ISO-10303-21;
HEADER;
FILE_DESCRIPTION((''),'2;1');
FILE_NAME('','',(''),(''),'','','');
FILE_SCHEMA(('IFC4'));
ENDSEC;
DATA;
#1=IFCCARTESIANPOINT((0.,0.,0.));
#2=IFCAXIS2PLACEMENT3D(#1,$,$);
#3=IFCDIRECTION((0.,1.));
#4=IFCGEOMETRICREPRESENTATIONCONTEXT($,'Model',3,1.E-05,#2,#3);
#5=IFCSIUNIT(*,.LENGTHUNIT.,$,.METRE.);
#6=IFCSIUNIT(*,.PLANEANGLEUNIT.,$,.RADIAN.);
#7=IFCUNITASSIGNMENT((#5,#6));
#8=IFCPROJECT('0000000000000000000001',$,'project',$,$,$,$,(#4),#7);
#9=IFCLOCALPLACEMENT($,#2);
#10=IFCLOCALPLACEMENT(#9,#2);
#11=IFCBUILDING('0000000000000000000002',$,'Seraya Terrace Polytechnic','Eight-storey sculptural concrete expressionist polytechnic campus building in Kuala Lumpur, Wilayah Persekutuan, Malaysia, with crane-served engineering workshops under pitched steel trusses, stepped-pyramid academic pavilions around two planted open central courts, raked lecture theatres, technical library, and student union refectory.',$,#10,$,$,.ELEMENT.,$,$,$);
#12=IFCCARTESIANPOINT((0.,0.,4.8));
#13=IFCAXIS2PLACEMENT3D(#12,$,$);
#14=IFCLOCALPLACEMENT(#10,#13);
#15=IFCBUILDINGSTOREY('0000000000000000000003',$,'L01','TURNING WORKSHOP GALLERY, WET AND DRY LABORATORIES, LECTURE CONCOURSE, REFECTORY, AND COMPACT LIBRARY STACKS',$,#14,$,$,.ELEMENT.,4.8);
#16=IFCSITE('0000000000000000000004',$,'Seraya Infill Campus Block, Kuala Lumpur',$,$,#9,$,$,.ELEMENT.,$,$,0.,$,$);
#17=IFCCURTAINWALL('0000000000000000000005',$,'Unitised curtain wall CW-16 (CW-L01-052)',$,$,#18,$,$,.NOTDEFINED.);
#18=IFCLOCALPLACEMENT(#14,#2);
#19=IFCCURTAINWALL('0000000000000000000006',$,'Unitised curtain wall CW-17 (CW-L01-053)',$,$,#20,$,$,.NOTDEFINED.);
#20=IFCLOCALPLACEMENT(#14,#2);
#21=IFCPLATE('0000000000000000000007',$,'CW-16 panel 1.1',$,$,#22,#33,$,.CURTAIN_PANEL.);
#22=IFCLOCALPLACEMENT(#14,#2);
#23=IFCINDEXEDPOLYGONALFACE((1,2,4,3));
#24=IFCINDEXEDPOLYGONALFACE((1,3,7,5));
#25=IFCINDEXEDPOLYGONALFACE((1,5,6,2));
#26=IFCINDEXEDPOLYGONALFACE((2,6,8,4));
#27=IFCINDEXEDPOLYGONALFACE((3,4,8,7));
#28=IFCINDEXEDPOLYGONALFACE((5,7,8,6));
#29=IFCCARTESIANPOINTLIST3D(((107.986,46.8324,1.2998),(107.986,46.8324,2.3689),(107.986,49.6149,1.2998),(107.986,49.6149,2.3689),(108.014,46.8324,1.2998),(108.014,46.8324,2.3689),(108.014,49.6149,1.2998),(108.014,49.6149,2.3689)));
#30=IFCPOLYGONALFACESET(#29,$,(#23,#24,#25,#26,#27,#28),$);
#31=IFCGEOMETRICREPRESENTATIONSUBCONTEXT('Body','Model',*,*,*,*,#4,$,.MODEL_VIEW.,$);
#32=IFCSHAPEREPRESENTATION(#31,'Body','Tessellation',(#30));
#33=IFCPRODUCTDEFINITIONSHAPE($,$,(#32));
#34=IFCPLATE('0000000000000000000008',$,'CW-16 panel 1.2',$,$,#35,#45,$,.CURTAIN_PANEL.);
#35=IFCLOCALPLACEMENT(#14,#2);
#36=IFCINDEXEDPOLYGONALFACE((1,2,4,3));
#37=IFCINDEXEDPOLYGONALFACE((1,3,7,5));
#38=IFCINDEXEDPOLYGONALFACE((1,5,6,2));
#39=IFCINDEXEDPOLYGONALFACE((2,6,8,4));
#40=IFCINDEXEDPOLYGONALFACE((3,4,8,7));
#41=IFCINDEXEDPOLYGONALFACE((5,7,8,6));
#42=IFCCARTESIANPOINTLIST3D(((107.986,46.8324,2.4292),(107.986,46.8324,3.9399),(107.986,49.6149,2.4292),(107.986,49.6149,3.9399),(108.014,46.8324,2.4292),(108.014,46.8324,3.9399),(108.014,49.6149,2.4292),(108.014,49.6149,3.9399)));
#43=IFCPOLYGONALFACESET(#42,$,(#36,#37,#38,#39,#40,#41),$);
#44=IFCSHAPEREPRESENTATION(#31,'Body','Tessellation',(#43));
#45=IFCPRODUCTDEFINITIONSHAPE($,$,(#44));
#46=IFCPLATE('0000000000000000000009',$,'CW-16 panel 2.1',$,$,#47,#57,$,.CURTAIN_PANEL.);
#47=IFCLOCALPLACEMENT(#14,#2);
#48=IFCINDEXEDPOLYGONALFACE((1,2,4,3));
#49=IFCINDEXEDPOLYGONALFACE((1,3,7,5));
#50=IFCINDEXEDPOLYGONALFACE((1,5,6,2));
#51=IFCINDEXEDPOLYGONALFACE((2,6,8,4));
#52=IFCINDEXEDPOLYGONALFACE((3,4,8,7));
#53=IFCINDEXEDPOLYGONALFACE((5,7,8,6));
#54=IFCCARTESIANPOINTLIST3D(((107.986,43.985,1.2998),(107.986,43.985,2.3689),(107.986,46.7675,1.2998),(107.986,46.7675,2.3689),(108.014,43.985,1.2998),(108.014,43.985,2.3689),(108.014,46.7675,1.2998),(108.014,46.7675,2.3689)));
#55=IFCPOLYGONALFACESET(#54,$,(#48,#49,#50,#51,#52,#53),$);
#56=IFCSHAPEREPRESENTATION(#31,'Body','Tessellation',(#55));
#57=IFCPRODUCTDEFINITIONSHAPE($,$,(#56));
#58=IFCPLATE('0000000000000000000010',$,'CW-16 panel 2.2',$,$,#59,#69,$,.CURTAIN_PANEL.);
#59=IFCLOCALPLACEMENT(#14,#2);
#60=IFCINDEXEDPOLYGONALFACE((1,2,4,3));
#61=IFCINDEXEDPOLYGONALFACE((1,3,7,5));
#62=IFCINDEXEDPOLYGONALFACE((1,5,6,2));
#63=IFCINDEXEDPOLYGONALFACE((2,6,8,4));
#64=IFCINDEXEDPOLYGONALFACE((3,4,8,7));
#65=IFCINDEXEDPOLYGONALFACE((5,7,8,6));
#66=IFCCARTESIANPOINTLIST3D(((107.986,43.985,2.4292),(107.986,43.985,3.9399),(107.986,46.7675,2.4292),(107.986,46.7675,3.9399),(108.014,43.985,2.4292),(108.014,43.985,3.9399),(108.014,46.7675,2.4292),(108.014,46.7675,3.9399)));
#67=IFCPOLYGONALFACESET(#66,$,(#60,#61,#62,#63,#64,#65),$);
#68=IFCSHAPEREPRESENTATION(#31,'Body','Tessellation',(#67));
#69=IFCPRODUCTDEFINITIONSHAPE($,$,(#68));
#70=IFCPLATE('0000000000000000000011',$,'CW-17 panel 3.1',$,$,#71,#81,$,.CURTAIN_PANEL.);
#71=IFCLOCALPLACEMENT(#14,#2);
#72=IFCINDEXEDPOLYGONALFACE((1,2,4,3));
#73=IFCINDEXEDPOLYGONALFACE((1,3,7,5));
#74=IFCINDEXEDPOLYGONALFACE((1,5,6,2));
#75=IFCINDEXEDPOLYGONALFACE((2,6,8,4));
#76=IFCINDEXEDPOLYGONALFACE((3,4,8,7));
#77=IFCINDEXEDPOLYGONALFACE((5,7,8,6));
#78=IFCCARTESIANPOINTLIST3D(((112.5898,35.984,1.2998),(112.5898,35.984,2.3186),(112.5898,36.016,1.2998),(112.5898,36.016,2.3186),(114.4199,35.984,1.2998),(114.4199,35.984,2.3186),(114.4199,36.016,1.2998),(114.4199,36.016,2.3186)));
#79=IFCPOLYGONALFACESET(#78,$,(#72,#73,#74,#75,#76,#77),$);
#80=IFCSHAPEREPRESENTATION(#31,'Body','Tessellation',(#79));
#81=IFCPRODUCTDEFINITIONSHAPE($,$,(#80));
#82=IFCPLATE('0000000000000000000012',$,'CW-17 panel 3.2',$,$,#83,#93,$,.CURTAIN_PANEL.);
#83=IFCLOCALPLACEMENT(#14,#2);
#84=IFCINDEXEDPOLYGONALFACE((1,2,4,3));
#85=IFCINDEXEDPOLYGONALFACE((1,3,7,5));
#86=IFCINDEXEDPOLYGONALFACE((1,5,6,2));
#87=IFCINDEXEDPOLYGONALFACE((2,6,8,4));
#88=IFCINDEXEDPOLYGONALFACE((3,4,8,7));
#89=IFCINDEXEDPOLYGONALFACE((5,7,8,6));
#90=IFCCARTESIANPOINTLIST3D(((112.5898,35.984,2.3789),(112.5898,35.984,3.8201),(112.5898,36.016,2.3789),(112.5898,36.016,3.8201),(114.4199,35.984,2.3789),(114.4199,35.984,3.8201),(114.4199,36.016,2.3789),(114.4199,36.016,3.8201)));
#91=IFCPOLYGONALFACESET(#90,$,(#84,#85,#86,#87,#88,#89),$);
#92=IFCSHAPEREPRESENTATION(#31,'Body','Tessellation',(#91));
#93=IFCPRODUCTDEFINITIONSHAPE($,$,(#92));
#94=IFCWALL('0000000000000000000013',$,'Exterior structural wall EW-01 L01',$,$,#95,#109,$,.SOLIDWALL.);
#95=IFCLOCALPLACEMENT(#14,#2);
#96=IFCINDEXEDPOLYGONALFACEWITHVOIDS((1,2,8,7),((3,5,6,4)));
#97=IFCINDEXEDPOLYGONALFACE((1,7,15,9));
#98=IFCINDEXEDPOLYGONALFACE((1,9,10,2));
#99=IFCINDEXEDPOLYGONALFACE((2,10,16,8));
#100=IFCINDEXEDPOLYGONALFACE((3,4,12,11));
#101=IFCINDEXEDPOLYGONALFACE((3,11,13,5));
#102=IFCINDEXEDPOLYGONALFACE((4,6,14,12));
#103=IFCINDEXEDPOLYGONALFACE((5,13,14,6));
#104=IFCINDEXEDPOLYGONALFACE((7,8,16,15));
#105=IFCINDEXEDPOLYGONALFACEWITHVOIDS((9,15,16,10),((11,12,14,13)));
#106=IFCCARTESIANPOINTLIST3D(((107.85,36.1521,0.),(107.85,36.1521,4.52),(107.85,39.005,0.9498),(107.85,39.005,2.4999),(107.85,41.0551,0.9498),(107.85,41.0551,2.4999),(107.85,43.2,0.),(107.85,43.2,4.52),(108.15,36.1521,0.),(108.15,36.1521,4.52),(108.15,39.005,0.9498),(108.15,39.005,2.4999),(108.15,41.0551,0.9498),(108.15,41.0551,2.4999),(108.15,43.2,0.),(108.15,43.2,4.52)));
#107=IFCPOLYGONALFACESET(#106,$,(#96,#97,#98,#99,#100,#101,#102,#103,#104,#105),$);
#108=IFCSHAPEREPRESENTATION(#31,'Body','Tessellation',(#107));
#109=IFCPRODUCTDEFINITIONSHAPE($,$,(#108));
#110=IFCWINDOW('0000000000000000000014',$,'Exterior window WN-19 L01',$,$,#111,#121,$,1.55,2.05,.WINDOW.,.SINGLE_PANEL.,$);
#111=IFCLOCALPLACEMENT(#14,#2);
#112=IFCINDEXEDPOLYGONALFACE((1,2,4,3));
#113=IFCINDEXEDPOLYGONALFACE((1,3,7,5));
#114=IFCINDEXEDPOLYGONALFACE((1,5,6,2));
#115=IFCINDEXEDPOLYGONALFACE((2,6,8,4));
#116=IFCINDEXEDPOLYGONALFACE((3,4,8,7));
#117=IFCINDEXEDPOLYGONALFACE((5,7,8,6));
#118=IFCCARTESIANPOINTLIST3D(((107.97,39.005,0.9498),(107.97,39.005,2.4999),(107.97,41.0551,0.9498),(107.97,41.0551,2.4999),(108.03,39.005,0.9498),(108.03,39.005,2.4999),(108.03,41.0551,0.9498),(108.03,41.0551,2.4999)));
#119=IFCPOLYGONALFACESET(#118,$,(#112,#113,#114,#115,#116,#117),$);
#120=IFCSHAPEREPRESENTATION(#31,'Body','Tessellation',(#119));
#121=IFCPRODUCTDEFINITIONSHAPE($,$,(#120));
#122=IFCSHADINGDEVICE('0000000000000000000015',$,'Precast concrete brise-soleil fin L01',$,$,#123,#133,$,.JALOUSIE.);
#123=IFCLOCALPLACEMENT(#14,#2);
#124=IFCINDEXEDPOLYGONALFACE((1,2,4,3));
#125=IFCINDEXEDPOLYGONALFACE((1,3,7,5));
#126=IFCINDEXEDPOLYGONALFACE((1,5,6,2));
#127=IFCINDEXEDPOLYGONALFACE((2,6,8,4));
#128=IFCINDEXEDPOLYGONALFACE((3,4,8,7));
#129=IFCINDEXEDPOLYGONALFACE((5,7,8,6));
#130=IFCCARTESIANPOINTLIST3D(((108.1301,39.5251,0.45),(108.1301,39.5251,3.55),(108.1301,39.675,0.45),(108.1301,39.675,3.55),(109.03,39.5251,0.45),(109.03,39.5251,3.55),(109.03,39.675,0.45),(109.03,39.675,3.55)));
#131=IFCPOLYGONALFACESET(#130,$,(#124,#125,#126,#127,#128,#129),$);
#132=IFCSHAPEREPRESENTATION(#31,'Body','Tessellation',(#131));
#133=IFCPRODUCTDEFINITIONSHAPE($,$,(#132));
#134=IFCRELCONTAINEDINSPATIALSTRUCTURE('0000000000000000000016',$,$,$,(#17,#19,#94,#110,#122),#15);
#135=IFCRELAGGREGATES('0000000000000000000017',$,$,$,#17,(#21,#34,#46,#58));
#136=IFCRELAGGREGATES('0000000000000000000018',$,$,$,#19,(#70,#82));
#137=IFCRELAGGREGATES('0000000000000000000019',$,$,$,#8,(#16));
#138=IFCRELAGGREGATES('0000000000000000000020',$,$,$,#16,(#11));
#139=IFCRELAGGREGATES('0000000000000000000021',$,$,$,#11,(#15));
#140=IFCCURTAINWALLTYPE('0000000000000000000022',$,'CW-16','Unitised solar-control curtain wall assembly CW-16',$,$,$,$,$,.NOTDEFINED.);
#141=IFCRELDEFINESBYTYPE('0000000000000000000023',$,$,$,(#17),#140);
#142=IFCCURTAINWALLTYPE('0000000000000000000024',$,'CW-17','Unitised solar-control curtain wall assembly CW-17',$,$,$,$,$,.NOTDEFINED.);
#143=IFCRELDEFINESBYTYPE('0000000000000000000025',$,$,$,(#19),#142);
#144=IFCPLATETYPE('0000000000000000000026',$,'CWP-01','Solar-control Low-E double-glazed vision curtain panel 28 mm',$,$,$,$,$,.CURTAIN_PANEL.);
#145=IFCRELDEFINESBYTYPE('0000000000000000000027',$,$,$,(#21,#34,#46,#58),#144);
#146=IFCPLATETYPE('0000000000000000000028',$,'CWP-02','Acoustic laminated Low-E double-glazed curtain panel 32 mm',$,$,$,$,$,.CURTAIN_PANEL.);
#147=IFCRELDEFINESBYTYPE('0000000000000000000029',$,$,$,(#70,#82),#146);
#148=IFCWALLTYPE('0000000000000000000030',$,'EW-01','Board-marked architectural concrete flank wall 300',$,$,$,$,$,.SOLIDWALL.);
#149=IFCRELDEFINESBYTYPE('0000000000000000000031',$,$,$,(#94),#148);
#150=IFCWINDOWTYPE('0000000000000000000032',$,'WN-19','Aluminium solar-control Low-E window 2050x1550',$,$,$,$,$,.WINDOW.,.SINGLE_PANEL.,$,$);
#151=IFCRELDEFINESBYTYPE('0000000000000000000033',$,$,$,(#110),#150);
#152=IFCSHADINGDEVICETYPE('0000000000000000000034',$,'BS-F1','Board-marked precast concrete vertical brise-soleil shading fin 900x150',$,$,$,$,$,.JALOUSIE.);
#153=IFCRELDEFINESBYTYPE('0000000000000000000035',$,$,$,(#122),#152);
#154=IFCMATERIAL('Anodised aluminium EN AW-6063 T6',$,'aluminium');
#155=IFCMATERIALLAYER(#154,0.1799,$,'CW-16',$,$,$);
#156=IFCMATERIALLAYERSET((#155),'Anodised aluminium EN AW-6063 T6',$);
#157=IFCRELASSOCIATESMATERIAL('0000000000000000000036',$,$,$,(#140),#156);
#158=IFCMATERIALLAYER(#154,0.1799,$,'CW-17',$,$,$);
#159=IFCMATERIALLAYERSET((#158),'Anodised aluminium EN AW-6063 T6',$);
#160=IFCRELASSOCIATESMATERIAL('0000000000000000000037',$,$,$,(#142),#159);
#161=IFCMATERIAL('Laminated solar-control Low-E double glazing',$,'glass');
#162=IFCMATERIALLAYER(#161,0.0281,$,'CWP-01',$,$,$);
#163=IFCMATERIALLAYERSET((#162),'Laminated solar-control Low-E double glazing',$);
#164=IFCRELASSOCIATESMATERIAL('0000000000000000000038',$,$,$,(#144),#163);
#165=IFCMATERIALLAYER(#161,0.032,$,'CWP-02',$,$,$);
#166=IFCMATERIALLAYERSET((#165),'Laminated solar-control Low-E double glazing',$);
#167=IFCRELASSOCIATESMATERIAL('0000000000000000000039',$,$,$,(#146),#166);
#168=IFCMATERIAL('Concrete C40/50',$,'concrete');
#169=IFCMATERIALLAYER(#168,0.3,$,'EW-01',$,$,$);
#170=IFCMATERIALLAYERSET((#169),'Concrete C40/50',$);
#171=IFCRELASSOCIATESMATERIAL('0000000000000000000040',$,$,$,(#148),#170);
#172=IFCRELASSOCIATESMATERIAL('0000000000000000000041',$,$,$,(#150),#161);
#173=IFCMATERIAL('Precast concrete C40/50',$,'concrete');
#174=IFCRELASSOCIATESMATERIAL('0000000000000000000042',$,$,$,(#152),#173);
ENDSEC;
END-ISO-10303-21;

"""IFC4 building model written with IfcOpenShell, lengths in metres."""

from ifc_helpers import new_model, si_unit, direction, frame, frame_2d, origin, origin_2d, place, context, subcontext, project, spatial, rectangle, extrude, material, layer, layer_set, type_object, element, fill, aggregate, save


model = new_model("IFC4")

# Units and contexts
model_context = context("Model", 3, precision=1e-05, world=origin(), true_north=direction((0.0, 1.0)))
body_context = subcontext(model_context, "Body", "Model", "MODEL_VIEW")
ifc_project = project(units=[si_unit("LENGTHUNIT", "METRE"), si_unit("PLANEANGLEUNIT", "RADIAN")], contexts=[model_context])

# Site, building, storey
site_placement = place(None, origin())
site = spatial("IfcSite", under=ifc_project, at=site_placement, Name="Seraya Infill Campus Block, Kuala Lumpur", CompositionType="ELEMENT", RefElevation=0.0)
building_placement = place(site_placement, origin())
building = spatial("IfcBuilding", under=site, at=building_placement, Name="Seraya Terrace Polytechnic", Description="Eight-storey sculptural concrete expressionist polytechnic campus building in Kuala Lumpur, Wilayah Persekutuan, Malaysia, with crane-served engineering workshops under pitched steel trusses, stepped-pyramid academic pavilions around two planted open central courts, raked lecture theatres, technical library, and student union refectory.", CompositionType="ELEMENT")
storey_placement = place(building_placement, frame((0.0, 0.0, 4.8)))
storey = spatial("IfcBuildingStorey", under=building, at=storey_placement, Name="L01", Description="TURNING WORKSHOP GALLERY, WET AND DRY LABORATORIES, LECTURE CONCOURSE, REFECTORY, AND COMPACT LIBRARY STACKS", CompositionType="ELEMENT", Elevation=4.8)

# Shared definitions
ifc_material_1 = material(Name="Concrete C40/50", Category="concrete")

# Curtain wall
ifc_material_2 = material(Name="Anodised aluminium EN AW-6063 T6", Category="aluminium")
ifc_layer_1 = layer(ifc_material_2, 0.1799, Name="CW-16")
ifc_layer_set_1 = layer_set([ifc_layer_1], Name="Anodised aluminium EN AW-6063 T6")
curtain_wall_type_1 = type_object("IfcCurtainWallType", Name="CW-16", Description="Unitised solar-control curtain wall assembly CW-16", PredefinedType="NOTDEFINED", material=ifc_layer_set_1)
curtain_wall_1_placement = place(storey_placement, origin())
curtain_wall_1 = element("IfcCurtainWall", 1, at=curtain_wall_1_placement, inside=storey, type_object=curtain_wall_type_1, Name="Unitised curtain wall CW-16 (CW-L01-052)", PredefinedType="NOTDEFINED")

# Curtain wall
ifc_layer_2 = layer(ifc_material_2, 0.1799, Name="CW-17")
ifc_layer_set_2 = layer_set([ifc_layer_2], Name="Anodised aluminium EN AW-6063 T6")
curtain_wall_type_2 = type_object("IfcCurtainWallType", Name="CW-17", Description="Unitised solar-control curtain wall assembly CW-17", PredefinedType="NOTDEFINED", material=ifc_layer_set_2)
curtain_wall_2_placement = place(storey_placement, origin())
curtain_wall_2 = element("IfcCurtainWall", 2, at=curtain_wall_2_placement, inside=storey, type_object=curtain_wall_type_2, Name="Unitised curtain wall CW-17 (CW-L01-053)", PredefinedType="NOTDEFINED")

# Plates
ifc_material_3 = material(Name="Laminated solar-control Low-E double glazing", Category="glass")
ifc_layer_3 = layer(ifc_material_3, 0.0281, Name="CWP-01")
ifc_layer_set_3 = layer_set([ifc_layer_3], Name="Laminated solar-control Low-E double glazing")
plate_type_1 = type_object("IfcPlateType", Name="CWP-01", Description="Solar-control Low-E double-glazed vision curtain panel 28 mm", PredefinedType="CURTAIN_PANEL", material=ifc_layer_set_3)
plate_1_placement = place(storey_placement, frame((108.0, 48.2236, 1.2998), z_axis=(0.0, 0.0, 1.0), x_axis=(0.0, -1.0, 0.0)))
plate_1 = element("IfcPlate", 3, at=plate_1_placement, type_object=plate_type_1, Name="CW-16 panel 1.1", PredefinedType="CURTAIN_PANEL", context=body_context, shape_type="SweptSolid", body=[
    extrude(rectangle(XDim=2.7825, YDim=0.0281, at=origin_2d()), origin(), (0.0, 0.0, 1.0), 1.0691),
])
plate_2_placement = place(storey_placement, frame((108.0, 48.2236, 2.4292), z_axis=(0.0, 0.0, 1.0), x_axis=(0.0, -1.0, 0.0)))
plate_2 = element("IfcPlate", 4, at=plate_2_placement, type_object=plate_type_1, Name="CW-16 panel 1.2", PredefinedType="CURTAIN_PANEL", context=body_context, shape_type="SweptSolid", body=[
    extrude(rectangle(XDim=2.7825, YDim=0.0281, at=origin_2d()), origin(), (0.0, 0.0, 1.0), 1.5107),
])
plate_3_placement = place(storey_placement, frame((108.0, 45.3762, 1.2998), z_axis=(0.0, 0.0, 1.0), x_axis=(0.0, -1.0, 0.0)))
plate_3 = element("IfcPlate", 5, at=plate_3_placement, type_object=plate_type_1, Name="CW-16 panel 2.1", PredefinedType="CURTAIN_PANEL", context=body_context, shape_type="SweptSolid", body=[
    extrude(rectangle(XDim=2.7825, YDim=0.0281, at=origin_2d()), origin(), (0.0, 0.0, 1.0), 1.0691),
])
plate_4_placement = place(storey_placement, frame((108.0, 45.3762, 2.4292), z_axis=(0.0, 0.0, 1.0), x_axis=(0.0, -1.0, 0.0)))
plate_4 = element("IfcPlate", 6, at=plate_4_placement, type_object=plate_type_1, Name="CW-16 panel 2.2", PredefinedType="CURTAIN_PANEL", context=body_context, shape_type="SweptSolid", body=[
    extrude(rectangle(XDim=2.7825, YDim=0.0281, at=origin_2d()), origin(), (0.0, 0.0, 1.0), 1.5107),
])
aggregate(curtain_wall_1, [plate_1, plate_2, plate_3, plate_4])
ifc_layer_4 = layer(ifc_material_3, 0.032, Name="CWP-02")
ifc_layer_set_4 = layer_set([ifc_layer_4], Name="Laminated solar-control Low-E double glazing")
plate_type_2 = type_object("IfcPlateType", Name="CWP-02", Description="Acoustic laminated Low-E double-glazed curtain panel 32 mm", PredefinedType="CURTAIN_PANEL", material=ifc_layer_set_4)
plate_5_placement = place(storey_placement, frame((113.5049, 36.0, 1.2998), z_axis=(0.0, 0.0, 1.0), x_axis=(1.0, 0.0, 0.0)))
plate_5 = element("IfcPlate", 7, at=plate_5_placement, type_object=plate_type_2, Name="CW-17 panel 3.1", PredefinedType="CURTAIN_PANEL", context=body_context, shape_type="SweptSolid", body=[
    extrude(rectangle(XDim=1.8301, YDim=0.032, at=origin_2d()), origin(), (0.0, 0.0, 1.0), 1.0188),
])
plate_6_placement = place(storey_placement, frame((113.5049, 36.0, 2.3789), z_axis=(0.0, 0.0, 1.0), x_axis=(1.0, 0.0, 0.0)))
plate_6 = element("IfcPlate", 8, at=plate_6_placement, type_object=plate_type_2, Name="CW-17 panel 3.2", PredefinedType="CURTAIN_PANEL", context=body_context, shape_type="SweptSolid", body=[
    extrude(rectangle(XDim=1.8301, YDim=0.032, at=origin_2d()), origin(), (0.0, 0.0, 1.0), 1.4412),
])
aggregate(curtain_wall_2, [plate_5, plate_6])

# Wall, opening, window
ifc_layer_5 = layer(ifc_material_1, 0.3, Name="EW-01")
ifc_layer_set_5 = layer_set([ifc_layer_5], Name="Concrete C40/50")
wall_type = type_object("IfcWallType", Name="EW-01", Description="Board-marked architectural concrete flank wall 300", PredefinedType="SOLIDWALL", material=ifc_layer_set_5)
wall_placement = place(storey_placement, frame((108.0, 43.2, 0.0), z_axis=(0.0, 0.0, 1.0), x_axis=(0.0, -1.0, 0.0)))
wall = element("IfcWall", 9, at=wall_placement, inside=storey, type_object=wall_type, Name="Exterior structural wall EW-01 L01", PredefinedType="SOLIDWALL", context=body_context, shape_type="SweptSolid", body=[
    extrude(rectangle(XDim=7.0479, YDim=0.3, at=frame_2d((3.5239, 0.0))), origin(), (0.0, 0.0, 1.0), 4.52),
])
opening_placement = place(wall_placement, frame((2.145, 0.0, 0.95)))
opening = element("IfcOpeningElement", 10, at=opening_placement, cuts=wall, PredefinedType="OPENING", context=body_context, shape_type="SweptSolid", body=[
    extrude(rectangle(XDim=2.05, YDim=1.55, at=frame_2d((1.0249, 0.7749))), frame((0.0, 0.1621, 0.0), z_axis=(0.0, -1.0, 0.0), x_axis=(1.0, 0.0, 0.0)), (0.0, 0.0, 1.0), 0.324),
])
window_type = type_object("IfcWindowType", Name="WN-19", Description="Aluminium solar-control Low-E window 2050x1550", PartitioningType="SINGLE_PANEL", PredefinedType="WINDOW", material=ifc_material_3)
window_placement = place(opening_placement, origin())
window = element("IfcWindow", 11, at=window_placement, inside=storey, type_object=window_type, Name="Exterior window WN-19 L01", OverallHeight=1.55, OverallWidth=2.05, PartitioningType="SINGLE_PANEL", PredefinedType="WINDOW", context=body_context, shape_type="SweptSolid", body=[
    extrude(rectangle(XDim=2.05, YDim=1.55, at=frame_2d((1.0249, 0.7749))), frame((0.0, 0.03, 0.0), z_axis=(0.0, -1.0, 0.0), x_axis=(1.0, 0.0, 0.0)), (0.0, 0.0, 1.0), 0.0601),
])
fill(opening, window)

# Shading device
ifc_material_4 = material(Name="Precast concrete C40/50", Category="concrete")
shading_device_type = type_object("IfcShadingDeviceType", Name="BS-F1", Description="Board-marked precast concrete vertical brise-soleil shading fin 900x150", PredefinedType="JALOUSIE", material=ifc_material_4)
shading_device_placement = place(storey_placement, frame((108.5801, 39.6001, 0.45), z_axis=(0.0, 0.0, 1.0), x_axis=(1.0, 0.0, 0.0)))
element("IfcShadingDevice", 12, at=shading_device_placement, inside=storey, type_object=shading_device_type, Name="Precast concrete brise-soleil fin L01", PredefinedType="JALOUSIE", context=body_context, shape_type="SweptSolid", body=[
    extrude(rectangle(XDim=0.8999, YDim=0.1499, at=origin_2d()), origin(), (0.0, 0.0, 1.0), 3.1001),
])

save(model, "model.ifc")
